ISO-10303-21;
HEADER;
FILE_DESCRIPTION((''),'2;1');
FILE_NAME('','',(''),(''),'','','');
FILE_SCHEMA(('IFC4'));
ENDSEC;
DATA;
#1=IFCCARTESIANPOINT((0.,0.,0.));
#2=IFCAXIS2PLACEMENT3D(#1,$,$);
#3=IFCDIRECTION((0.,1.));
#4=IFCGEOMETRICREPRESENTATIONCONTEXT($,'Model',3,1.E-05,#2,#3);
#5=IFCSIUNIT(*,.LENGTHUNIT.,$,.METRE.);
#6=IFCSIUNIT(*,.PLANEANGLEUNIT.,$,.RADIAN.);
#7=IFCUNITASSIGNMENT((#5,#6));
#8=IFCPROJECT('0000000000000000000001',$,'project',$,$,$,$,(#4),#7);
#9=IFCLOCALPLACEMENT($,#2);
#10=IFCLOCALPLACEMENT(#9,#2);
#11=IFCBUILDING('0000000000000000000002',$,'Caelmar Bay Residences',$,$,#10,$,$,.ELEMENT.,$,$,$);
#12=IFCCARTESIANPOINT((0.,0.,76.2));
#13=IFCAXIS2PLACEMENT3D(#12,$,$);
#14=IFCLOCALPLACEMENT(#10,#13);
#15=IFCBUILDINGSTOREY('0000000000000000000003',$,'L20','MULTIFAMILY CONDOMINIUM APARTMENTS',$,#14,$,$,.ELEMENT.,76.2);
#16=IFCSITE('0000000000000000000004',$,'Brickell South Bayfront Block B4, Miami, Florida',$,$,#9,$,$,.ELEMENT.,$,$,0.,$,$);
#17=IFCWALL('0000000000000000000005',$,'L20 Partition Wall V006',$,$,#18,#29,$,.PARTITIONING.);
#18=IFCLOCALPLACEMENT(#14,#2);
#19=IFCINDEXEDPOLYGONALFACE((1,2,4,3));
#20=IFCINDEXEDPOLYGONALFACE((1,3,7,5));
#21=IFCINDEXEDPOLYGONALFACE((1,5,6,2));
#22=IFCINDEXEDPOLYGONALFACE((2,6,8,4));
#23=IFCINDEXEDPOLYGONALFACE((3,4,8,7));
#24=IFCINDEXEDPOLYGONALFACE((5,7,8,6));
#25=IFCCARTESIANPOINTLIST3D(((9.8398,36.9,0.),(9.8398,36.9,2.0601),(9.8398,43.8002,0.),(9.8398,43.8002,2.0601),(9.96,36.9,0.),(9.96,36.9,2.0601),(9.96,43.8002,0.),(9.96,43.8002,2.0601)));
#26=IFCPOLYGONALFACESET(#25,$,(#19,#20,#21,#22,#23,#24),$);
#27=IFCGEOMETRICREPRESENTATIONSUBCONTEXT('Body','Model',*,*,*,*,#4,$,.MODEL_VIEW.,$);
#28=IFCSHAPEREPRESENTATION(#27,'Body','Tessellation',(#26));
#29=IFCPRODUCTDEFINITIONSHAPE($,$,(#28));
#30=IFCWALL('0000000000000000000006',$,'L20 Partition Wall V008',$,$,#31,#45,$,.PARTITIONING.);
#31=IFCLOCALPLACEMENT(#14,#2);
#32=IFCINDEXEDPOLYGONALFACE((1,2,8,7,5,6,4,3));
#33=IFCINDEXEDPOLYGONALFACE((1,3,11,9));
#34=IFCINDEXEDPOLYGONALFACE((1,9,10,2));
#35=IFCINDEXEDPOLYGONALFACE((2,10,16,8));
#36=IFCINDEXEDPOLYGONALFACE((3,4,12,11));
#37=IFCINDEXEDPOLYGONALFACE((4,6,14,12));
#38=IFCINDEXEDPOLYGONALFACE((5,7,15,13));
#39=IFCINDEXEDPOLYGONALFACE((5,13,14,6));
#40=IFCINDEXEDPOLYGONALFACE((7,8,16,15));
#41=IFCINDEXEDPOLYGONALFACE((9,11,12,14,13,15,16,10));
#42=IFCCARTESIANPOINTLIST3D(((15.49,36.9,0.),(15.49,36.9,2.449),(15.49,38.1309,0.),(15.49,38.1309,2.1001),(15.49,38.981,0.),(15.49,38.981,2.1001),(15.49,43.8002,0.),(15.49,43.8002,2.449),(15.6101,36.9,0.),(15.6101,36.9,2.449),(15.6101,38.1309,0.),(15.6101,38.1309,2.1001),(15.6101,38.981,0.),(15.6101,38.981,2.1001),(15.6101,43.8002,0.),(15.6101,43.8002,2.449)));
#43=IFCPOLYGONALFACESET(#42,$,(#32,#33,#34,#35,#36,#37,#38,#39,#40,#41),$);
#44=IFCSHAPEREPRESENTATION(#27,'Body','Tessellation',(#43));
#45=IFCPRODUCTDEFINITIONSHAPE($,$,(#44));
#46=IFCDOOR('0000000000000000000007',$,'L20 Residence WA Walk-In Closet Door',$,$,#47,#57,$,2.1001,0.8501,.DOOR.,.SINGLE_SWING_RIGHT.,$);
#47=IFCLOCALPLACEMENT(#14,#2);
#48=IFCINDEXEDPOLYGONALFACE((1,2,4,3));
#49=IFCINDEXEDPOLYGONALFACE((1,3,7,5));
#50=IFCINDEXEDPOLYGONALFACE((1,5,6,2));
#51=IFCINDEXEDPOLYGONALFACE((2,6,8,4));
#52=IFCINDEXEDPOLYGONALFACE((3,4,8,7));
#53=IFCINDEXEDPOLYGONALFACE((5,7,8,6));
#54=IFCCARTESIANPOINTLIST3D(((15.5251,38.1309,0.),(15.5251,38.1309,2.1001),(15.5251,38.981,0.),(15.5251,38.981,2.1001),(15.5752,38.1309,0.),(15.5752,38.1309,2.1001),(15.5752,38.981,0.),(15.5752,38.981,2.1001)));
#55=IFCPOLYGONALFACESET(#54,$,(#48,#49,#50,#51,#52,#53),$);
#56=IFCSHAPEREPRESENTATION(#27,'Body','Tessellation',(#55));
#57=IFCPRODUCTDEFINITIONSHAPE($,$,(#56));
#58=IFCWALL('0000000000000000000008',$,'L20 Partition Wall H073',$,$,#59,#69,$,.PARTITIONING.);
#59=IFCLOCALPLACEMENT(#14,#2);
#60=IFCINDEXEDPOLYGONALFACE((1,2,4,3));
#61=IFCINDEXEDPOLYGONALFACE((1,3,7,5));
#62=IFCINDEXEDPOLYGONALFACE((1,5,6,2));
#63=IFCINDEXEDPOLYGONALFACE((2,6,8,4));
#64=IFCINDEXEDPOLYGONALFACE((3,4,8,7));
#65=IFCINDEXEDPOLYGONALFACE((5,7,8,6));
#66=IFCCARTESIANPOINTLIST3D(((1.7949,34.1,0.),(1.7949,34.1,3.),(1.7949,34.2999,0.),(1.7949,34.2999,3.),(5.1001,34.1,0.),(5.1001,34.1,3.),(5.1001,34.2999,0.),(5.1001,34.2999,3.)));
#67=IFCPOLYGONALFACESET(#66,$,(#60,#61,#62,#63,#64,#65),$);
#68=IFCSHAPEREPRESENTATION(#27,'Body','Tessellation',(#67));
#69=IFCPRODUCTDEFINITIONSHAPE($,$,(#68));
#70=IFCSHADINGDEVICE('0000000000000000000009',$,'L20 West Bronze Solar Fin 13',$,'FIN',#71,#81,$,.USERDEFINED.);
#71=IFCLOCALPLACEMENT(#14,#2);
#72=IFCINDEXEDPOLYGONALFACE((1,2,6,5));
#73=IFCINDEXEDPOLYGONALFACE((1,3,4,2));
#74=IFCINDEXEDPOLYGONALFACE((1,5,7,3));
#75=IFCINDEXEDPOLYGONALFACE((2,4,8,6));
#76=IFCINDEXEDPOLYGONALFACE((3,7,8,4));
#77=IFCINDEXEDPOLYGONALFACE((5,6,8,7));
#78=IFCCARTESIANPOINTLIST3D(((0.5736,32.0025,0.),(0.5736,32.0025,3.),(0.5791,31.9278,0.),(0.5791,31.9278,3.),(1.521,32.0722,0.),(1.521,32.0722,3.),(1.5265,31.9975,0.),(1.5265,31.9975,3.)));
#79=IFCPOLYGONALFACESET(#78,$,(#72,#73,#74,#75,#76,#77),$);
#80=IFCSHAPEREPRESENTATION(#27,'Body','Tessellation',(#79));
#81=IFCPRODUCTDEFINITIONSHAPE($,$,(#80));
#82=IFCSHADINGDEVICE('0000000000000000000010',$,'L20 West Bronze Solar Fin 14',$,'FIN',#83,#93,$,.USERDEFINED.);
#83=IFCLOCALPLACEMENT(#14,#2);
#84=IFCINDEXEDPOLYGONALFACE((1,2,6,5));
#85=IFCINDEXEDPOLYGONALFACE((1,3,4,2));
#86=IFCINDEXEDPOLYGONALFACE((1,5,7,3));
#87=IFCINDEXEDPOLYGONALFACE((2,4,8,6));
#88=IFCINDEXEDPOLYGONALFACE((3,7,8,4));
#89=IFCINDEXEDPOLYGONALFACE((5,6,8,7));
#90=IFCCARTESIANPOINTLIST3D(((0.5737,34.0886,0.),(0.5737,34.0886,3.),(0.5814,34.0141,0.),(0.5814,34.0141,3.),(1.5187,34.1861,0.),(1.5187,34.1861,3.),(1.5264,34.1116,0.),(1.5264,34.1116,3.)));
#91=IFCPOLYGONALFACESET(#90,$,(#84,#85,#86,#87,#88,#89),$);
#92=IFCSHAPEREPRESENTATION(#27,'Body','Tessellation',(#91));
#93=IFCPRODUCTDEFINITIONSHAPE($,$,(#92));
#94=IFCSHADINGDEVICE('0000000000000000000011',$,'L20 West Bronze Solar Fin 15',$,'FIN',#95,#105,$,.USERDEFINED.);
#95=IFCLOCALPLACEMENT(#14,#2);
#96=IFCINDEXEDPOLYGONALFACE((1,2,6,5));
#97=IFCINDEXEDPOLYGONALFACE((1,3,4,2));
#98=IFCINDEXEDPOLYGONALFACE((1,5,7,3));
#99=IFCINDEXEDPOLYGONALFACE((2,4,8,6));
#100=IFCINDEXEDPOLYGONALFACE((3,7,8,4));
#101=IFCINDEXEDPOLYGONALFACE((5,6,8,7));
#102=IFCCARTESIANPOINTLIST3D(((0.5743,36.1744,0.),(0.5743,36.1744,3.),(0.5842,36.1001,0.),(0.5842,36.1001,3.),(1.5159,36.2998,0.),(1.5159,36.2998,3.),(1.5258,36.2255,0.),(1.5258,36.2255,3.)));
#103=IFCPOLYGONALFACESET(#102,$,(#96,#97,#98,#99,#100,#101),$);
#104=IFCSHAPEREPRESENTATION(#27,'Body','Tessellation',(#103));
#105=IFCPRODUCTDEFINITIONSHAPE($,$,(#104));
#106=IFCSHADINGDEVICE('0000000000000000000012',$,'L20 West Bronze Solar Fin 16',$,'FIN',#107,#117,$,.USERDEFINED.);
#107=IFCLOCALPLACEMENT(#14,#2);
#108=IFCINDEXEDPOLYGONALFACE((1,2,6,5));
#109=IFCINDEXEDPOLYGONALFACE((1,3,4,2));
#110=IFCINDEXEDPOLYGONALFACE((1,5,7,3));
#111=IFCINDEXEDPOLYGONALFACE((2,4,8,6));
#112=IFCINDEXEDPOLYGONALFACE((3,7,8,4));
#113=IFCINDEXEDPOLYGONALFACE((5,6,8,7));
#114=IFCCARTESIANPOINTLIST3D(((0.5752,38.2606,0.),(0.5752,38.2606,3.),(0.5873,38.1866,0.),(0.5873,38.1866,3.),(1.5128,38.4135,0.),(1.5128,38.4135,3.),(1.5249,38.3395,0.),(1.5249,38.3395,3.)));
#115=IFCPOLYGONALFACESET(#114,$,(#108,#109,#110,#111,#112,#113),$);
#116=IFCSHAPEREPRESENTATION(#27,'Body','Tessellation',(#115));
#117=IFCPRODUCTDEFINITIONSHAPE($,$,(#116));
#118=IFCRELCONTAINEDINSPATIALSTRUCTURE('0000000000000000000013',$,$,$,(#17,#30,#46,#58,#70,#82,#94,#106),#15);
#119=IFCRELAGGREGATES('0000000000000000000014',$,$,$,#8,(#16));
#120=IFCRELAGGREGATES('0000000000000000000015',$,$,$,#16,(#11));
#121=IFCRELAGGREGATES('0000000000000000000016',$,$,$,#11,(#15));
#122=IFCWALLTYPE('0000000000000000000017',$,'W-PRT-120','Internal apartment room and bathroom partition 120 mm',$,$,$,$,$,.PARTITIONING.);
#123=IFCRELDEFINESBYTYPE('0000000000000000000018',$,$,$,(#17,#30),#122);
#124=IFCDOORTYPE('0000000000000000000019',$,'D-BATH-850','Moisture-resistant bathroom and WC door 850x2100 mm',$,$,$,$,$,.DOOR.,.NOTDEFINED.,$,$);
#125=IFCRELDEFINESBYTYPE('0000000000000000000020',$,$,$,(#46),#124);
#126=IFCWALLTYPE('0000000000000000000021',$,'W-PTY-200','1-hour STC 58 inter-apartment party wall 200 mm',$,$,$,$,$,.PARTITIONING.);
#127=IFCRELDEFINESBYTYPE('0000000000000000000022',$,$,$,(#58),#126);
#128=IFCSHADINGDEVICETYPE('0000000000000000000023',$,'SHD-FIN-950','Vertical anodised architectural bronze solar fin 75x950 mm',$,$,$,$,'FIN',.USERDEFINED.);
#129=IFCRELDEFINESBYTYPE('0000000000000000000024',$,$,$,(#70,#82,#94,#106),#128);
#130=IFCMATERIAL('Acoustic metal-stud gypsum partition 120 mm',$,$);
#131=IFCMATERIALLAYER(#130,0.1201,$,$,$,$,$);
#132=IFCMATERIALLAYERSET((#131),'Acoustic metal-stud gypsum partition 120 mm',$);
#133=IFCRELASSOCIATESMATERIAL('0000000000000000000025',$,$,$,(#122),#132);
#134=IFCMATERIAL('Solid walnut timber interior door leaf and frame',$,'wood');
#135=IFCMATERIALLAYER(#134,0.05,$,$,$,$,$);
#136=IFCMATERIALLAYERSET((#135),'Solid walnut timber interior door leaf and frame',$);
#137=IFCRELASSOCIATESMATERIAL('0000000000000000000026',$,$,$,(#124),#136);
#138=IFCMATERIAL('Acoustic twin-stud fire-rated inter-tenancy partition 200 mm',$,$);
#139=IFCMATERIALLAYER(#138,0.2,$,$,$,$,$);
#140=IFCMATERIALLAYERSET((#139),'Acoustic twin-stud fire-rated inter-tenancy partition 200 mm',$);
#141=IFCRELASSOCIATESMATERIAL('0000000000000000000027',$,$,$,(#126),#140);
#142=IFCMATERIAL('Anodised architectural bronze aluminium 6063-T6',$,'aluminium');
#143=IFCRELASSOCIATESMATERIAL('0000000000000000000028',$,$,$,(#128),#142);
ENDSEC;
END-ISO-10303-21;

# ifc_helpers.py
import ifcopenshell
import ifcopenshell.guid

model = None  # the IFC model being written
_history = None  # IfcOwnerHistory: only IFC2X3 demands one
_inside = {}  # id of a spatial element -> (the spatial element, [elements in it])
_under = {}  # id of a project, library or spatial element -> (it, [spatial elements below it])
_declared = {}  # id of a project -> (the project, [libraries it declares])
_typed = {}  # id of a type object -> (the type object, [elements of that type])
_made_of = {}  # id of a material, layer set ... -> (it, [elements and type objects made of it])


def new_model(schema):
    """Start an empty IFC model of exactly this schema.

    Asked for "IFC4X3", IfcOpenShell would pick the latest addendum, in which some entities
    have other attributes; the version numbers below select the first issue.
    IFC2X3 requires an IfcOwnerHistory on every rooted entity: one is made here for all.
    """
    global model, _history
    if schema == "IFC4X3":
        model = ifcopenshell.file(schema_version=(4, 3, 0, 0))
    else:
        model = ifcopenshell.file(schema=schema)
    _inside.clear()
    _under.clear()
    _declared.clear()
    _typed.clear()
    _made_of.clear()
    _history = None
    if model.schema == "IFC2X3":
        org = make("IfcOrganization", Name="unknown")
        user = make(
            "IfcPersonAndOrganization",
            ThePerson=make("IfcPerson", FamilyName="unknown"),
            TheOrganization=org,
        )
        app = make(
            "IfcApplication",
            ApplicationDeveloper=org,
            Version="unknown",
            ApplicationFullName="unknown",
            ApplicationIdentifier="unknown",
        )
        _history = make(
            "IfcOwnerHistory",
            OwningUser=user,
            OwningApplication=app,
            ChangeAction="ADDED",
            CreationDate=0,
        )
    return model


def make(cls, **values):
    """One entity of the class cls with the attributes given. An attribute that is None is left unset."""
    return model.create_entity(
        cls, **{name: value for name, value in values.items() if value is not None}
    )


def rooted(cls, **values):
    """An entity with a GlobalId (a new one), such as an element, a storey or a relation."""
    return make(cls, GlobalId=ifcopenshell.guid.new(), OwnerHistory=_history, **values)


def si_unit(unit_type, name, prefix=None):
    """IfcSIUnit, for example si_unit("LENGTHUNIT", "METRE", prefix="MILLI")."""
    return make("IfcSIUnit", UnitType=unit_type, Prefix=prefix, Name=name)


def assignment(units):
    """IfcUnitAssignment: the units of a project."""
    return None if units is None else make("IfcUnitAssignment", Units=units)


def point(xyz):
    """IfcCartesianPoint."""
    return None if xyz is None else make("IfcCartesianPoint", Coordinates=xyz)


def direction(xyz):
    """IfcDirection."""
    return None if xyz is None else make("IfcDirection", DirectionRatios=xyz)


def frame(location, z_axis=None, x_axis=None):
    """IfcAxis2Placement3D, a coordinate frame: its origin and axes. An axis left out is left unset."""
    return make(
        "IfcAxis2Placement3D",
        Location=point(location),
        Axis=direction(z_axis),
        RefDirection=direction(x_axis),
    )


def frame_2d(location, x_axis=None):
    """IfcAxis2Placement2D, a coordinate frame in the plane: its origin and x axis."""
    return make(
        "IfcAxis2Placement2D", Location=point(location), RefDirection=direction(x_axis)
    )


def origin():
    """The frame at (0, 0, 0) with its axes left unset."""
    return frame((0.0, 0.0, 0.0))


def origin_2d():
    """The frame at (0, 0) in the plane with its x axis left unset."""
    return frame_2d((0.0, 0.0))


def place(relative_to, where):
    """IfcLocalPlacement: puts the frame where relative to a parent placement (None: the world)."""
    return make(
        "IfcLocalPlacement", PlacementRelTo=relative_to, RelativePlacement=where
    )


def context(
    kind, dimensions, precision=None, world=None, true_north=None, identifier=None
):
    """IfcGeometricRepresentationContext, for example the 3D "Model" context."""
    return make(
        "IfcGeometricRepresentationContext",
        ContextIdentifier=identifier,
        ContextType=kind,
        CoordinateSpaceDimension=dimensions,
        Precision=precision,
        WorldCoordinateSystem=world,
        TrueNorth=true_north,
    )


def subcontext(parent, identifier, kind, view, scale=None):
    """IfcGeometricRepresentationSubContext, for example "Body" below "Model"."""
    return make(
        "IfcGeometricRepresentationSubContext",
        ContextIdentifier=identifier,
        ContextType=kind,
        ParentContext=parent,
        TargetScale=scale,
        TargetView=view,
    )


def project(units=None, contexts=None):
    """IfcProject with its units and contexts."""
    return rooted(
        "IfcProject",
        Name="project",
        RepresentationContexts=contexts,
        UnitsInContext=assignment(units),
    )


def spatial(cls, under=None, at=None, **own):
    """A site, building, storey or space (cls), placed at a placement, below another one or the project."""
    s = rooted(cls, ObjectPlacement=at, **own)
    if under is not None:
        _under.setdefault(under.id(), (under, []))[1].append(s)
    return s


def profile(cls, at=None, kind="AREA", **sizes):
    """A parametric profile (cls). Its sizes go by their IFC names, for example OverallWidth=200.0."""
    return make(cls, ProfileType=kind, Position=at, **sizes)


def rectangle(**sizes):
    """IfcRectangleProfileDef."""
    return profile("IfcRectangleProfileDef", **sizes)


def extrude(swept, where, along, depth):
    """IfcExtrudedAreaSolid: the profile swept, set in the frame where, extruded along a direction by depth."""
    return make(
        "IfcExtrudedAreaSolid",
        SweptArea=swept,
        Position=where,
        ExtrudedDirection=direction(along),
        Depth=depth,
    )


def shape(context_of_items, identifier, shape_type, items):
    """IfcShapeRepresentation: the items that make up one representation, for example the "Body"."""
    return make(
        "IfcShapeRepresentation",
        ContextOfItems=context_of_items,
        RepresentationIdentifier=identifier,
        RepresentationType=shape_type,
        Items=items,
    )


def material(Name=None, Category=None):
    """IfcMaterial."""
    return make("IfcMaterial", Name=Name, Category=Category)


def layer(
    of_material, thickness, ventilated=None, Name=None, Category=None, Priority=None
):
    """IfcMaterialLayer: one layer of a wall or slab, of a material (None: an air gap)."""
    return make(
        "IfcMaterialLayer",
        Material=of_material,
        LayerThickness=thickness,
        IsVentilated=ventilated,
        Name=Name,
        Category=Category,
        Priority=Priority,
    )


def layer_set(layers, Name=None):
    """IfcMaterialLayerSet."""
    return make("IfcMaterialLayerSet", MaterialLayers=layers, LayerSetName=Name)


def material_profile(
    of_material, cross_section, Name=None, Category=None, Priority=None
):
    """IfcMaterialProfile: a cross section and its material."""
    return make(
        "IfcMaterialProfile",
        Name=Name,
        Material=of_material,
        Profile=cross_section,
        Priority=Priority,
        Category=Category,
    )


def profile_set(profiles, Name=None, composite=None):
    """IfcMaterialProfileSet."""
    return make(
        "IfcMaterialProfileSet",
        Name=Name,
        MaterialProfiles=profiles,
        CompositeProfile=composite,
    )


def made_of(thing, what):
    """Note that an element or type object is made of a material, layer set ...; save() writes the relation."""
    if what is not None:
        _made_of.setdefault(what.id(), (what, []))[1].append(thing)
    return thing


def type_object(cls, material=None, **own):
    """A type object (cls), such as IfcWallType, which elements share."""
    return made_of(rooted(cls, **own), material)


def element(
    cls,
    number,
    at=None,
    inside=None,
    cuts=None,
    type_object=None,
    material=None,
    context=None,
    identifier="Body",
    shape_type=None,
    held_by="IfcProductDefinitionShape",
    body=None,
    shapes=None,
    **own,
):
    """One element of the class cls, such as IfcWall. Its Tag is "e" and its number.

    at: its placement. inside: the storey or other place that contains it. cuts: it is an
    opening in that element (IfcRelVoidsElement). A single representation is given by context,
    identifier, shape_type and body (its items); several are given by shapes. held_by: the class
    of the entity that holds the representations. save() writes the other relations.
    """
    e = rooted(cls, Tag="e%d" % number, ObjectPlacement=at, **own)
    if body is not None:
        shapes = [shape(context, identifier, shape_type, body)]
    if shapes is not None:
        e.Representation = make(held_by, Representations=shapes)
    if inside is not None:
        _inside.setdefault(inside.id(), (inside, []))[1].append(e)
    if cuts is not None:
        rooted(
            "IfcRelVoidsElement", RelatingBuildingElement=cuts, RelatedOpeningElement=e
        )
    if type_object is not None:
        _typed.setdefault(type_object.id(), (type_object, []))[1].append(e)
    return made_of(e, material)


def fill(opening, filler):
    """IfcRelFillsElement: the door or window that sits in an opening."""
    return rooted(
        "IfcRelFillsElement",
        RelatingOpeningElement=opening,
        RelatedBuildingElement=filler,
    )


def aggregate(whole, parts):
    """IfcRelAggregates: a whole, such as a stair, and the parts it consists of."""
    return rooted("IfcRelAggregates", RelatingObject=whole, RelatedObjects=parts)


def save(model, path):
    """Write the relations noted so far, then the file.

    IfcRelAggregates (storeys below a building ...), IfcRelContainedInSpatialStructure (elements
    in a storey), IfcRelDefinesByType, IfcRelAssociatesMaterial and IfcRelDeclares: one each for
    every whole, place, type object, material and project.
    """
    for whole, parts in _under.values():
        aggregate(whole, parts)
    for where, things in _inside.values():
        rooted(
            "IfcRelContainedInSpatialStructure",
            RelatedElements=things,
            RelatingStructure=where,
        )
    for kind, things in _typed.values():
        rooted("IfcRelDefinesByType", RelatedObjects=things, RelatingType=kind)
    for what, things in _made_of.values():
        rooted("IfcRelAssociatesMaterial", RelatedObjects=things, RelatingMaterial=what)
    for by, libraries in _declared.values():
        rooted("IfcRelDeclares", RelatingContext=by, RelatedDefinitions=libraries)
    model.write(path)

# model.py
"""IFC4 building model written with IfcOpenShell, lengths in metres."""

from ifc_helpers import new_model, si_unit, direction, frame, frame_2d, origin, origin_2d, place, context, subcontext, project, spatial, rectangle, extrude, material, layer, layer_set, material_profile, profile_set, type_object, element, fill, save


model = new_model("IFC4")

# Units and contexts
model_context = context("Model", 3, precision=1e-05, world=origin(), true_north=direction((0.0, 1.0)))
body_context = subcontext(model_context, "Body", "Model", "MODEL_VIEW")
ifc_project = project(units=[si_unit("LENGTHUNIT", "METRE"), si_unit("PLANEANGLEUNIT", "RADIAN")], contexts=[model_context])

# Site, building, storey
site_placement = place(None, origin())
site = spatial("IfcSite", under=ifc_project, at=site_placement, Name="Brickell South Bayfront Block B4, Miami, Florida", CompositionType="ELEMENT", RefElevation=0.0)
building_placement = place(site_placement, origin())
building = spatial("IfcBuilding", under=site, at=building_placement, Name="Caelmar Bay Residences", CompositionType="ELEMENT")
storey_placement = place(building_placement, frame((0.0, 0.0, 76.2)))
storey = spatial("IfcBuildingStorey", under=building, at=storey_placement, Name="L20", Description="MULTIFAMILY CONDOMINIUM APARTMENTS", CompositionType="ELEMENT", Elevation=76.2)

# Shared definitions
ifc_material_1 = material(Name="Acoustic metal-stud gypsum partition 120 mm")
ifc_layer_1 = layer(ifc_material_1, 0.1201)
ifc_layer_set_1 = layer_set([ifc_layer_1], Name="Acoustic metal-stud gypsum partition 120 mm")
wall_type_1 = type_object("IfcWallType", Name="W-PRT-120", Description="Internal apartment room and bathroom partition 120 mm", PredefinedType="PARTITIONING", material=ifc_layer_set_1)
ifc_material_2 = material(Name="Solid walnut timber interior door leaf and frame", Category="wood")

# Wall
wall_1_placement = place(storey_placement, frame((9.8999, 36.8999, 0.0), z_axis=(0.0, 0.0, 1.0), x_axis=(0.0, 1.0, 0.0)))
element("IfcWall", 1, at=wall_1_placement, inside=storey, type_object=wall_type_1, Name="L20 Partition Wall V006", PredefinedType="PARTITIONING", context=body_context, shape_type="SweptSolid", body=[
    extrude(rectangle(XDim=6.9001, YDim=0.1201, at=frame_2d((3.4502, 0.0))), origin(), (0.0, 0.0, 1.0), 2.0601),
])

# Wall, opening, door
wall_2_placement = place(storey_placement, frame((15.55, 36.8999, 0.0), z_axis=(0.0, 0.0, 1.0), x_axis=(0.0, 1.0, 0.0)))
wall_2 = element("IfcWall", 2, at=wall_2_placement, inside=storey, type_object=wall_type_1, Name="L20 Partition Wall V008", PredefinedType="PARTITIONING", context=body_context, shape_type="SweptSolid", body=[
    extrude(rectangle(XDim=6.9001, YDim=0.1201, at=frame_2d((3.4502, 0.0))), origin(), (0.0, 0.0, 1.0), 2.449),
])
opening_1_placement = place(wall_2_placement, frame((1.231, 0.0, 0.0)))
opening_1 = element("IfcOpeningElement", 3, at=opening_1_placement, cuts=wall_2, PredefinedType="OPENING", context=body_context, shape_type="SweptSolid", body=[
    extrude(rectangle(XDim=0.8501, YDim=2.1001, at=frame_2d((0.425, 1.05))), frame((0.0, 0.0701, 0.0), z_axis=(0.0, -1.0, 0.0), x_axis=(1.0, 0.0, 0.0)), (0.0, 0.0, 1.0), 0.1401),
])
ifc_layer_2 = layer(ifc_material_2, 0.05)
ifc_layer_set_2 = layer_set([ifc_layer_2], Name="Solid walnut timber interior door leaf and frame")
door_type_1 = type_object("IfcDoorType", Name="D-BATH-850", Description="Moisture-resistant bathroom and WC door 850x2100 mm", OperationType="NOTDEFINED", PredefinedType="DOOR", material=ifc_layer_set_2)
door_1_placement = place(opening_1_placement, origin())
door_1 = element("IfcDoor", 4, at=door_1_placement, inside=storey, type_object=door_type_1, Name="L20 Residence WA Walk-In Closet Door", OperationType="SINGLE_SWING_RIGHT", OverallHeight=2.1001, OverallWidth=0.8501, PredefinedType="DOOR", context=body_context, shape_type="SweptSolid", body=[
    extrude(rectangle(XDim=0.8501, YDim=2.1001, at=frame_2d((0.425, 1.05))), frame((0.0, 0.0249, 0.0), z_axis=(0.0, -1.0, 0.0), x_axis=(1.0, 0.0, 0.0)), (0.0, 0.0, 1.0), 0.05),
])
fill(opening_1, door_1)

# Wall
ifc_material_3 = material(Name="Acoustic twin-stud fire-rated inter-tenancy partition 200 mm")
ifc_layer_3 = layer(ifc_material_3, 0.2)
ifc_layer_set_3 = layer_set([ifc_layer_3], Name="Acoustic twin-stud fire-rated inter-tenancy partition 200 mm")
wall_type_2 = type_object("IfcWallType", Name="W-PTY-200", Description="1-hour STC 58 inter-apartment party wall 200 mm", PredefinedType="PARTITIONING", material=ifc_layer_set_3)
wall_3_placement = place(storey_placement, frame((1.7949, 34.2, 0.0), z_axis=(0.0, 0.0, 1.0), x_axis=(1.0, 0.0, 0.0)))
element("IfcWall", 5, at=wall_3_placement, inside=storey, type_object=wall_type_2, Name="L20 Partition Wall H073", PredefinedType="PARTITIONING", context=body_context, shape_type="SweptSolid", body=[
    extrude(rectangle(XDim=3.3052, YDim=0.2, at=frame_2d((1.6526, 0.0))), origin(), (0.0, 0.0, 1.0), 3.0),
])

# Shading devices
ifc_material_4 = material(Name="Anodised architectural bronze aluminium 6063-T6", Category="aluminium")
ifc_material_profile = material_profile(ifc_material_4, rectangle(XDim=0.075, YDim=0.95, at=origin_2d()), Name="BRONZE-FIN-75X950")
ifc_profile_set = profile_set([ifc_material_profile], Name="Anodised architectural bronze aluminium 6063-T6")
shading_device_type = type_object("IfcShadingDeviceType", Name="SHD-FIN-950", Description="Vertical anodised architectural bronze solar fin 75x950 mm", ElementType="FIN", PredefinedType="USERDEFINED", material=ifc_profile_set)
for number, where, z_axis, x_axis, name in (
    (6, (1.05, 32.0, 0.0), (0.0, 0.0, 1.0), (-0.073412, 0.997302, 0.0), "L20 West Bronze Solar Fin 13"),
    (7, (1.05, 34.1001, 0.0), (0.0, 0.0, 1.0), (-0.102619, 0.994721, 0.0), "L20 West Bronze Solar Fin 14"),
    (8, (1.05, 36.2, 0.0), (0.0, 0.0, 1.0), (-0.13191, 0.991262, 0.0), "L20 West Bronze Solar Fin 15"),
    (9, (1.05, 38.3, 0.0), (0.0, 0.0, 1.0), (-0.160915, 0.986968, 0.0), "L20 West Bronze Solar Fin 16"),
):
    element("IfcShadingDevice", number, at=place(storey_placement, frame(where, z_axis=z_axis, x_axis=x_axis)), inside=storey, type_object=shading_device_type, Name=name, ObjectType="FIN", PredefinedType="USERDEFINED", context=body_context, shape_type="SweptSolid", body=[
        extrude(rectangle(XDim=0.075, YDim=0.95, at=origin_2d()), origin(), (0.0, 0.0, 1.0), 3.0),
    ])

save(model, "model.ifc")
